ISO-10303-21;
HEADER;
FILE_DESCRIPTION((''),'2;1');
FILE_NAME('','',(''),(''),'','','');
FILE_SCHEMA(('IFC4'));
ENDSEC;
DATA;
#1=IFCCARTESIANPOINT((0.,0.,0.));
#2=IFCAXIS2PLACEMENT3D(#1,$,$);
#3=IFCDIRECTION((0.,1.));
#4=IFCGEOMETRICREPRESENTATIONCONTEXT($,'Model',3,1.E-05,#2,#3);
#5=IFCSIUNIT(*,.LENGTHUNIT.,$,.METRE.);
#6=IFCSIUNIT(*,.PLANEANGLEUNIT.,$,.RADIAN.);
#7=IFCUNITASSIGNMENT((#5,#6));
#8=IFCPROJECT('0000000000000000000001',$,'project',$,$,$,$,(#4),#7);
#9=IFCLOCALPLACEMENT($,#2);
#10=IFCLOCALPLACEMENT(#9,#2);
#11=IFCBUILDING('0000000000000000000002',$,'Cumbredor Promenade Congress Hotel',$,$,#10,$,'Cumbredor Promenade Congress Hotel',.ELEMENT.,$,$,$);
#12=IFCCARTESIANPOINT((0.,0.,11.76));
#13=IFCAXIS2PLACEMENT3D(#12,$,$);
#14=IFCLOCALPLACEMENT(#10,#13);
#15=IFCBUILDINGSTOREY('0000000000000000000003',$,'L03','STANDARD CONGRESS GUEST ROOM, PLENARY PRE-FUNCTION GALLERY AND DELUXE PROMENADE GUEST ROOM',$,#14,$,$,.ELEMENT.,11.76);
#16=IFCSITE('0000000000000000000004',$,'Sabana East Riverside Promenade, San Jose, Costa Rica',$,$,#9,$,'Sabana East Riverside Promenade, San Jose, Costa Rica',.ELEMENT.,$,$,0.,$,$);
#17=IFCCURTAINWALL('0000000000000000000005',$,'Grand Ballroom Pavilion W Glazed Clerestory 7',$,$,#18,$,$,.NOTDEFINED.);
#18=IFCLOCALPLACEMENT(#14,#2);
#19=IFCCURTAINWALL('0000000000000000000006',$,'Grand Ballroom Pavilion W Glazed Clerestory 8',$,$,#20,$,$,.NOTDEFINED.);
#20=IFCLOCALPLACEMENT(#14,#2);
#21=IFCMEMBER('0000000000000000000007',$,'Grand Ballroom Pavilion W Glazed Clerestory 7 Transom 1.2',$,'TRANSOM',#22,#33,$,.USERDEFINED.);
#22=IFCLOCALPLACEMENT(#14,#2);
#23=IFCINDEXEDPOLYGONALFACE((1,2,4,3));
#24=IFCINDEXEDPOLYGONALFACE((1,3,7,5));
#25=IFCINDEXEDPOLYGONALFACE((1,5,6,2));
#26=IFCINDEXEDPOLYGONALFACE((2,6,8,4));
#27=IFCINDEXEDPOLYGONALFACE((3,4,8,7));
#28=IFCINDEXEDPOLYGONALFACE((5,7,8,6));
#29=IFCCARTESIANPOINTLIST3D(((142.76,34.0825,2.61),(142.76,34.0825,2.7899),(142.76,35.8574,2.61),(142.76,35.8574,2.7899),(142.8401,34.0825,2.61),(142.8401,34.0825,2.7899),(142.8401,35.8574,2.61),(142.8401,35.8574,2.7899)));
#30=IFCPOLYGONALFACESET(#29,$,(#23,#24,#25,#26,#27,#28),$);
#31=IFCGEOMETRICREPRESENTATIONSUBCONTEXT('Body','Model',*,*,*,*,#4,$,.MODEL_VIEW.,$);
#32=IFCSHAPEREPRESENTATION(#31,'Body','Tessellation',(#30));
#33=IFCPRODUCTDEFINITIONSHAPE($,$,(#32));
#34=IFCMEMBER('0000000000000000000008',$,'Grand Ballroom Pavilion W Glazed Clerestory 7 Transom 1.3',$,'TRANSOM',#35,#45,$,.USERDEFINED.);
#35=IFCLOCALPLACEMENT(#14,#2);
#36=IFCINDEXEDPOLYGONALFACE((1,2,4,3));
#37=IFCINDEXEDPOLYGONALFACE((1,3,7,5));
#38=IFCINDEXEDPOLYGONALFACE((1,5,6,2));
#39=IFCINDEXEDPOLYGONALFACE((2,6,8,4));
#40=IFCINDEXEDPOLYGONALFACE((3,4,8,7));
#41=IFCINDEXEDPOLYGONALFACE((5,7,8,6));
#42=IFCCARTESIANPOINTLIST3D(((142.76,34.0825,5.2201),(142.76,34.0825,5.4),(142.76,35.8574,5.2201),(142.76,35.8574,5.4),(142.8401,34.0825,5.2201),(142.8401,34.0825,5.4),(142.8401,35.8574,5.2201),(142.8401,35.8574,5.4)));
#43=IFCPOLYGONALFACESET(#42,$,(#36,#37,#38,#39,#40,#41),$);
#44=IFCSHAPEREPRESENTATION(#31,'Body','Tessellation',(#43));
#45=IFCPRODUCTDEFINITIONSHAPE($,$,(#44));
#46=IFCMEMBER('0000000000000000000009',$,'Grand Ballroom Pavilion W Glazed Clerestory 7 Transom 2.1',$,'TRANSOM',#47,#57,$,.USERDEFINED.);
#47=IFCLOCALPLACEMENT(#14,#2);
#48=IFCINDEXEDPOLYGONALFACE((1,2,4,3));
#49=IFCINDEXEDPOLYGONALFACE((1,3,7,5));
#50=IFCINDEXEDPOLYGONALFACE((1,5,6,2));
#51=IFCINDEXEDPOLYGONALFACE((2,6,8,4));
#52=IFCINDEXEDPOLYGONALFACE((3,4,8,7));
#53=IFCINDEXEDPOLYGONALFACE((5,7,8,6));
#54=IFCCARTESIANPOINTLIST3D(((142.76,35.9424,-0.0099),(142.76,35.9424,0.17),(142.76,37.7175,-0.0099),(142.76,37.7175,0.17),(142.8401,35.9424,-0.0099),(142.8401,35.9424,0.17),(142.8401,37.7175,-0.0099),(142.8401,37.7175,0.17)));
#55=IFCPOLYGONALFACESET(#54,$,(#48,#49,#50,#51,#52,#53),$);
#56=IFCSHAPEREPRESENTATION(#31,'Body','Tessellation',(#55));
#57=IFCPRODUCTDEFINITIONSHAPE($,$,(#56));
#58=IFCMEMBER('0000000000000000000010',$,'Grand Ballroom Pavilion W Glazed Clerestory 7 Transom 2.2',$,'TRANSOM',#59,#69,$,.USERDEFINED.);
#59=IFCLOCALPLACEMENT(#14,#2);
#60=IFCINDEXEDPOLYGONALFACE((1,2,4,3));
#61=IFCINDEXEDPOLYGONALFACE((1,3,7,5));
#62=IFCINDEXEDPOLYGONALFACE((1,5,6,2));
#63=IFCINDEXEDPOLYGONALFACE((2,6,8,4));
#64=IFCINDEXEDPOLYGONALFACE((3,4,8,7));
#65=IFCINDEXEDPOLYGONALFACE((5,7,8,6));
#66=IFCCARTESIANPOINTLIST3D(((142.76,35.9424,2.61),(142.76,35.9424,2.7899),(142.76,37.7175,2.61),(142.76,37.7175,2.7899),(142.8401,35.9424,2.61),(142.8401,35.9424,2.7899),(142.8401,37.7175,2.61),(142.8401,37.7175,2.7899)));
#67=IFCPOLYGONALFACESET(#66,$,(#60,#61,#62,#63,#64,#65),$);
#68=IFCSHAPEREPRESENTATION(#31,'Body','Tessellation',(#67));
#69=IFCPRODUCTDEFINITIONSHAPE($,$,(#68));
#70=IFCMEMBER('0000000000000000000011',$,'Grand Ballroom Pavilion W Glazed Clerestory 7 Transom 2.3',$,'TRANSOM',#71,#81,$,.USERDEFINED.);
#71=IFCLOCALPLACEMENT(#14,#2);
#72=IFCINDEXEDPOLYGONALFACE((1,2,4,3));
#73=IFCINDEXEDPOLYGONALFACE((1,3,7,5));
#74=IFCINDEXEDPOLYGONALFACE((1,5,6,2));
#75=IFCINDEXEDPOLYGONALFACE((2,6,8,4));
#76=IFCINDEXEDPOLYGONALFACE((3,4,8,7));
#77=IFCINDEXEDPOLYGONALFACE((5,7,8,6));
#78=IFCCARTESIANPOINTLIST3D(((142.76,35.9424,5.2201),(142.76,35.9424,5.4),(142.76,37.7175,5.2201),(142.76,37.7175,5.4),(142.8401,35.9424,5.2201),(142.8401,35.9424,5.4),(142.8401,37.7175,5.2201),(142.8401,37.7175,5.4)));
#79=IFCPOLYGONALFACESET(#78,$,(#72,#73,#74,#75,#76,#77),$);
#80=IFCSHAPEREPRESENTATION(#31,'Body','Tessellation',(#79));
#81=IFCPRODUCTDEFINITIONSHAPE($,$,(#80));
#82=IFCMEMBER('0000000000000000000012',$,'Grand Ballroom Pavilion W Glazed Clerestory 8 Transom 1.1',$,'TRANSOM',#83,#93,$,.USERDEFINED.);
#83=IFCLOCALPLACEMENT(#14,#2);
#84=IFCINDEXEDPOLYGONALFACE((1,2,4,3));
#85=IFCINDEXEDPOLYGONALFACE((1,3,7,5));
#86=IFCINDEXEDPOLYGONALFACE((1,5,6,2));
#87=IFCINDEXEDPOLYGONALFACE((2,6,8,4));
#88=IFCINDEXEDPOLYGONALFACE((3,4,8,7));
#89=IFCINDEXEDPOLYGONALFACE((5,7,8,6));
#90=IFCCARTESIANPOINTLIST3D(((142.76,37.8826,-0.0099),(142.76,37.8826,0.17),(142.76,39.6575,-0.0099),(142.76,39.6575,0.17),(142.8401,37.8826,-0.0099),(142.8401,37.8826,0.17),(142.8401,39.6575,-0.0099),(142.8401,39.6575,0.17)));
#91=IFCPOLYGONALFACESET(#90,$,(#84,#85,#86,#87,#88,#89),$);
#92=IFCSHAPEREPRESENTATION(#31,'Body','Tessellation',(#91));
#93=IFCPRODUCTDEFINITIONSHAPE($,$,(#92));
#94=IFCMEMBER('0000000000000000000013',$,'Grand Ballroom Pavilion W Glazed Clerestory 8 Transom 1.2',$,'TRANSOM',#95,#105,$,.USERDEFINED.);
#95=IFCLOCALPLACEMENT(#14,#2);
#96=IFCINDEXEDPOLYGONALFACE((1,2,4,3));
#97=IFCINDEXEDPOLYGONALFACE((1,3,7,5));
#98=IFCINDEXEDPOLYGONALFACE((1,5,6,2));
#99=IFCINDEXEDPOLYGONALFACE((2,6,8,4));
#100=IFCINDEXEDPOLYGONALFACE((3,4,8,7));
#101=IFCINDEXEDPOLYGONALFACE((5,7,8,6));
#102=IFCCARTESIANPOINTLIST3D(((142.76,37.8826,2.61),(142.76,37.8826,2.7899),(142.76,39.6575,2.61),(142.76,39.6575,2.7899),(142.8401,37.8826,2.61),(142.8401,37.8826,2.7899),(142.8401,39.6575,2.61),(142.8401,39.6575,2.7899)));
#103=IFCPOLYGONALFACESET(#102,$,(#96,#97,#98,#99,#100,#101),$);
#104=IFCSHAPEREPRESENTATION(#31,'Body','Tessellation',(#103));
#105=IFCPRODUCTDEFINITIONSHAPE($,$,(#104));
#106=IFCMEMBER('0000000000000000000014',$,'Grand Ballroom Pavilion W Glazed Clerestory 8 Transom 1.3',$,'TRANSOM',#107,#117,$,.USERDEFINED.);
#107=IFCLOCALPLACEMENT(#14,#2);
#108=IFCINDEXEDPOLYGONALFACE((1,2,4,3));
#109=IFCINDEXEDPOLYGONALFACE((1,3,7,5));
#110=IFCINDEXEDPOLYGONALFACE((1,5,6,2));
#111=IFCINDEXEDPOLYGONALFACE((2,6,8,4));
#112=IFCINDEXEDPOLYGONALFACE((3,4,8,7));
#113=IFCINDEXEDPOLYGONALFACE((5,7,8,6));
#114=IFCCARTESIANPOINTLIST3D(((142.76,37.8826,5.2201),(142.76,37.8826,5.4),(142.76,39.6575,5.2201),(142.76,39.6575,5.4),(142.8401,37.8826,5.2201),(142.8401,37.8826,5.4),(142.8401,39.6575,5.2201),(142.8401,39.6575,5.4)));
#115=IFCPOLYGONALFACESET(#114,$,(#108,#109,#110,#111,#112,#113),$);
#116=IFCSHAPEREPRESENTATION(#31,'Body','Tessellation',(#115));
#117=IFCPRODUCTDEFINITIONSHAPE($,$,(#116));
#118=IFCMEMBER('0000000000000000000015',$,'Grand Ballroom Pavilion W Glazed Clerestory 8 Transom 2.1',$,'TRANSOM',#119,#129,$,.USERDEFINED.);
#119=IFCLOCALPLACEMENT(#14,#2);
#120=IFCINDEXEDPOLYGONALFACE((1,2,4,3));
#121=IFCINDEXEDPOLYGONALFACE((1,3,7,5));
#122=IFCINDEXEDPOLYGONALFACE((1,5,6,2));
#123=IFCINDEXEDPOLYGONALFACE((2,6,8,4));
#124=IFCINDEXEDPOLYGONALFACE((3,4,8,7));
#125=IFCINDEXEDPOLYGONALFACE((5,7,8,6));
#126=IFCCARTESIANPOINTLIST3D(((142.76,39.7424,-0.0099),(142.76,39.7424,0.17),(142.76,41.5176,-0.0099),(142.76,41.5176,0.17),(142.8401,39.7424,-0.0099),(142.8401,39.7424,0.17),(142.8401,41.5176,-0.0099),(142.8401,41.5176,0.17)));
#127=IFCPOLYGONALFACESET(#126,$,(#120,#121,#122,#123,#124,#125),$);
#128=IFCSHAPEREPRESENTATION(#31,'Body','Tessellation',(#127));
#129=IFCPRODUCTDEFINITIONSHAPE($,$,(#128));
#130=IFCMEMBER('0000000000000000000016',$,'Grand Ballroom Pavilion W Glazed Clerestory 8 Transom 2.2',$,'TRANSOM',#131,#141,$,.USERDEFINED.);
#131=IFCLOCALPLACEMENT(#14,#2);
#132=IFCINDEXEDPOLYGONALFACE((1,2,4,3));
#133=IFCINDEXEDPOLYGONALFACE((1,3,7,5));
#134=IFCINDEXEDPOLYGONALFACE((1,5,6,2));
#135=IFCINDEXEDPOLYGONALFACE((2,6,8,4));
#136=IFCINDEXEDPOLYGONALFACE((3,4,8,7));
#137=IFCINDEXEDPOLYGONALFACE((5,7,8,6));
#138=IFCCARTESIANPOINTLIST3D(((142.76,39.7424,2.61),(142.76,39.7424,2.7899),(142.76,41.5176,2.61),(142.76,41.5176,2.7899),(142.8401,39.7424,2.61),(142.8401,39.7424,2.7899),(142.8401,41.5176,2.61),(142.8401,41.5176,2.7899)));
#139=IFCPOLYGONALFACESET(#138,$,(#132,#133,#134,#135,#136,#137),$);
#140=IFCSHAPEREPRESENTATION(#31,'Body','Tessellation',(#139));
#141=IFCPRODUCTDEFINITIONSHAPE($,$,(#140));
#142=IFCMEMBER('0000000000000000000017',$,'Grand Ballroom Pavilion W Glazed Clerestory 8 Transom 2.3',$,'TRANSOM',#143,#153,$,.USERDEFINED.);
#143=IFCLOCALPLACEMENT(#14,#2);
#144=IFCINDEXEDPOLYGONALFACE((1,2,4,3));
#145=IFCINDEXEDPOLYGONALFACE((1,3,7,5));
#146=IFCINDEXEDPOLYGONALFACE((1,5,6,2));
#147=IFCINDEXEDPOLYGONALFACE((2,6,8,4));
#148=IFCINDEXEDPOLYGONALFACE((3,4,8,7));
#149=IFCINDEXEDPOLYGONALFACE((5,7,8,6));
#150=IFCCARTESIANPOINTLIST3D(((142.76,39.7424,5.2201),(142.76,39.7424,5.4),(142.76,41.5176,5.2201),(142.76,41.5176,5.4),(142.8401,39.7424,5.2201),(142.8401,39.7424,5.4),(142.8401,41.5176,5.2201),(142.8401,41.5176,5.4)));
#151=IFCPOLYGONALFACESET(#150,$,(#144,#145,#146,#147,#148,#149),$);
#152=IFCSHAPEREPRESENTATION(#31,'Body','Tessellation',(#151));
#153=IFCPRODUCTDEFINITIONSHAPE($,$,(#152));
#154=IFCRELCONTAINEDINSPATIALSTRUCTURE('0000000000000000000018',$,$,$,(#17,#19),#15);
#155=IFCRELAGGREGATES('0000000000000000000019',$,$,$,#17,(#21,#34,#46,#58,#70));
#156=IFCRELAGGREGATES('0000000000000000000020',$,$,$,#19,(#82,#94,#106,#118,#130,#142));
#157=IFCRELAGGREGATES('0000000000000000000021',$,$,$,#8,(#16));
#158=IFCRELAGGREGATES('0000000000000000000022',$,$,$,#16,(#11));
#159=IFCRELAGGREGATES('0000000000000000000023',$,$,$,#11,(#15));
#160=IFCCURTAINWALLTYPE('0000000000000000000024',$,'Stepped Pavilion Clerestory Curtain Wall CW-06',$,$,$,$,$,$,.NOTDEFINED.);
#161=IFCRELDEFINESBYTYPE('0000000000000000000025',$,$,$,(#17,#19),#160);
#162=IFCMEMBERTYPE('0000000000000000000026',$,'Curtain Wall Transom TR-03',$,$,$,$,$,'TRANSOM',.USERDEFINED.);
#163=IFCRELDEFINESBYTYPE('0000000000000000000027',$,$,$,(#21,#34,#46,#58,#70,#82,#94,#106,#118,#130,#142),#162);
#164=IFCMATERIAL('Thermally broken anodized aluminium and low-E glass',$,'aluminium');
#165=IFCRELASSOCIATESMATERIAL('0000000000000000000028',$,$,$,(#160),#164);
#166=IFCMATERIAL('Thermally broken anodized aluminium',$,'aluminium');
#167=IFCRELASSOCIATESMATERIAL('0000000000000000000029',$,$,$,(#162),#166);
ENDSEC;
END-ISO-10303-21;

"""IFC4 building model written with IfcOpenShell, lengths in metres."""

from ifc_helpers import new_model, si_unit, direction, frame, origin, origin_2d, place, context, subcontext, project, spatial, rectangle, extrude, material, material_profile, profile_set, type_object, element, aggregate, save


model = new_model("IFC4")

# Units and contexts
model_context = context("Model", 3, precision=1e-05, world=origin(), true_north=direction((0.0, 1.0)))
body_context = subcontext(model_context, "Body", "Model", "MODEL_VIEW")
ifc_project = project(units=[si_unit("LENGTHUNIT", "METRE"), si_unit("PLANEANGLEUNIT", "RADIAN")], contexts=[model_context])

# Site, building, storey
site_placement = place(None, origin())
site = spatial("IfcSite", under=ifc_project, at=site_placement, Name="Sabana East Riverside Promenade, San Jose, Costa Rica", LongName="Sabana East Riverside Promenade, San Jose, Costa Rica", CompositionType="ELEMENT", RefElevation=0.0)
building_placement = place(site_placement, origin())
building = spatial("IfcBuilding", under=site, at=building_placement, Name="Cumbredor Promenade Congress Hotel", LongName="Cumbredor Promenade Congress Hotel", CompositionType="ELEMENT")
storey_placement = place(building_placement, frame((0.0, 0.0, 11.76)))
storey = spatial("IfcBuildingStorey", under=building, at=storey_placement, Name="L03", Description="STANDARD CONGRESS GUEST ROOM, PLENARY PRE-FUNCTION GALLERY AND DELUXE PROMENADE GUEST ROOM", CompositionType="ELEMENT", Elevation=11.76)

# Curtain walls
ifc_material_1 = material(Name="Thermally broken anodized aluminium and low-E glass", Category="aluminium")
curtain_wall_type = type_object("IfcCurtainWallType", Name="Stepped Pavilion Clerestory Curtain Wall CW-06", PredefinedType="NOTDEFINED", material=ifc_material_1)
ifc_material_2 = material(Name="Thermally broken anodized aluminium", Category="aluminium")
curtain_wall_1_placement = place(storey_placement, origin())
curtain_wall_1 = element("IfcCurtainWall", 1, at=curtain_wall_1_placement, inside=storey, type_object=curtain_wall_type, Name="Grand Ballroom Pavilion W Glazed Clerestory 7", PredefinedType="NOTDEFINED")
curtain_wall_2_placement = place(storey_placement, origin())
curtain_wall_2 = element("IfcCurtainWall", 2, at=curtain_wall_2_placement, inside=storey, type_object=curtain_wall_type, Name="Grand Ballroom Pavilion W Glazed Clerestory 8", PredefinedType="NOTDEFINED")

# Members
ifc_material_profile_1 = material_profile(ifc_material_2, rectangle(XDim=0.0801, YDim=0.1799, at=origin_2d()), Name="ALU TRANSOM 80x180")
ifc_profile_set_1 = profile_set([ifc_material_profile_1], Name="Thermally broken anodized aluminium")
member_type_1 = type_object("IfcMemberType", Name="Curtain Wall Transom TR-03", ElementType="TRANSOM", PredefinedType="USERDEFINED", material=ifc_profile_set_1)
member_1_placement = place(storey_placement, frame((142.8, 34.0825, 2.7), z_axis=(0.0, 1.0, 0.0), x_axis=(-1.0, 0.0, 0.0)))
member_1 = element("IfcMember", 3, at=member_1_placement, type_object=member_type_1, Name="Grand Ballroom Pavilion W Glazed Clerestory 7 Transom 1.2", ObjectType="TRANSOM", PredefinedType="USERDEFINED", context=body_context, shape_type="SweptSolid", body=[
    extrude(rectangle(XDim=0.0801, YDim=0.1799, at=origin_2d()), origin(), (0.0, 0.0, 1.0), 1.7749),
])
member_2_placement = place(storey_placement, frame((142.8, 34.0825, 5.3101), z_axis=(0.0, 1.0, 0.0), x_axis=(-1.0, 0.0, 0.0)))
member_2 = element("IfcMember", 4, at=member_2_placement, type_object=member_type_1, Name="Grand Ballroom Pavilion W Glazed Clerestory 7 Transom 1.3", ObjectType="TRANSOM", PredefinedType="USERDEFINED", context=body_context, shape_type="SweptSolid", body=[
    extrude(rectangle(XDim=0.0801, YDim=0.1799, at=origin_2d()), origin(), (0.0, 0.0, 1.0), 1.7749),
])
member_3_placement = place(storey_placement, frame((142.8, 35.9424, 0.0801), z_axis=(0.0, 1.0, 0.0), x_axis=(-1.0, 0.0, 0.0)))
member_3 = element("IfcMember", 5, at=member_3_placement, type_object=member_type_1, Name="Grand Ballroom Pavilion W Glazed Clerestory 7 Transom 2.1", ObjectType="TRANSOM", PredefinedType="USERDEFINED", context=body_context, shape_type="SweptSolid", body=[
    extrude(rectangle(XDim=0.0801, YDim=0.1799, at=origin_2d()), origin(), (0.0, 0.0, 1.0), 1.7751),
])
member_4_placement = place(storey_placement, frame((142.8, 35.9424, 2.7), z_axis=(0.0, 1.0, 0.0), x_axis=(-1.0, 0.0, 0.0)))
member_4 = element("IfcMember", 6, at=member_4_placement, type_object=member_type_1, Name="Grand Ballroom Pavilion W Glazed Clerestory 7 Transom 2.2", ObjectType="TRANSOM", PredefinedType="USERDEFINED", context=body_context, shape_type="SweptSolid", body=[
    extrude(rectangle(XDim=0.0801, YDim=0.1799, at=origin_2d()), origin(), (0.0, 0.0, 1.0), 1.7751),
])
member_5_placement = place(storey_placement, frame((142.8, 35.9424, 5.3101), z_axis=(0.0, 1.0, 0.0), x_axis=(-1.0, 0.0, 0.0)))
member_5 = element("IfcMember", 7, at=member_5_placement, type_object=member_type_1, Name="Grand Ballroom Pavilion W Glazed Clerestory 7 Transom 2.3", ObjectType="TRANSOM", PredefinedType="USERDEFINED", context=body_context, shape_type="SweptSolid", body=[
    extrude(rectangle(XDim=0.0801, YDim=0.1799, at=origin_2d()), origin(), (0.0, 0.0, 1.0), 1.7751),
])
member_6_placement = place(storey_placement, frame((142.8, 37.8826, 0.0801), z_axis=(0.0, 1.0, 0.0), x_axis=(-1.0, 0.0, 0.0)))
member_6 = element("IfcMember", 8, at=member_6_placement, type_object=member_type_1, Name="Grand Ballroom Pavilion W Glazed Clerestory 8 Transom 1.1", ObjectType="TRANSOM", PredefinedType="USERDEFINED", context=body_context, shape_type="SweptSolid", body=[
    extrude(rectangle(XDim=0.0801, YDim=0.1799, at=origin_2d()), origin(), (0.0, 0.0, 1.0), 1.7749),
])
member_7_placement = place(storey_placement, frame((142.8, 37.8826, 2.7), z_axis=(0.0, 1.0, 0.0), x_axis=(-1.0, 0.0, 0.0)))
member_7 = element("IfcMember", 9, at=member_7_placement, type_object=member_type_1, Name="Grand Ballroom Pavilion W Glazed Clerestory 8 Transom 1.2", ObjectType="TRANSOM", PredefinedType="USERDEFINED", context=body_context, shape_type="SweptSolid", body=[
    extrude(rectangle(XDim=0.0801, YDim=0.1799, at=origin_2d()), origin(), (0.0, 0.0, 1.0), 1.7749),
])
member_8_placement = place(storey_placement, frame((142.8, 37.8826, 5.3101), z_axis=(0.0, 1.0, 0.0), x_axis=(-1.0, 0.0, 0.0)))
member_8 = element("IfcMember", 10, at=member_8_placement, type_object=member_type_1, Name="Grand Ballroom Pavilion W Glazed Clerestory 8 Transom 1.3", ObjectType="TRANSOM", PredefinedType="USERDEFINED", context=body_context, shape_type="SweptSolid", body=[
    extrude(rectangle(XDim=0.0801, YDim=0.1799, at=origin_2d()), origin(), (0.0, 0.0, 1.0), 1.7749),
])
member_9_placement = place(storey_placement, frame((142.8, 39.7424, 0.0801), z_axis=(0.0, 1.0, 0.0), x_axis=(-1.0, 0.0, 0.0)))
member_9 = element("IfcMember", 11, at=member_9_placement, type_object=member_type_1, Name="Grand Ballroom Pavilion W Glazed Clerestory 8 Transom 2.1", ObjectType="TRANSOM", PredefinedType="USERDEFINED", context=body_context, shape_type="SweptSolid", body=[
    extrude(rectangle(XDim=0.0801, YDim=0.1799, at=origin_2d()), origin(), (0.0, 0.0, 1.0), 1.7751),
])
member_10_placement = place(storey_placement, frame((142.8, 39.7424, 2.7), z_axis=(0.0, 1.0, 0.0), x_axis=(-1.0, 0.0, 0.0)))
member_10 = element("IfcMember", 12, at=member_10_placement, type_object=member_type_1, Name="Grand Ballroom Pavilion W Glazed Clerestory 8 Transom 2.2", ObjectType="TRANSOM", PredefinedType="USERDEFINED", context=body_context, shape_type="SweptSolid", body=[
    extrude(rectangle(XDim=0.0801, YDim=0.1799, at=origin_2d()), origin(), (0.0, 0.0, 1.0), 1.7751),
])
member_11_placement = place(storey_placement, frame((142.8, 39.7424, 5.3101), z_axis=(0.0, 1.0, 0.0), x_axis=(-1.0, 0.0, 0.0)))
member_11 = element("IfcMember", 13, at=member_11_placement, type_object=member_type_1, Name="Grand Ballroom Pavilion W Glazed Clerestory 8 Transom 2.3", ObjectType="TRANSOM", PredefinedType="USERDEFINED", context=body_context, shape_type="SweptSolid", body=[
    extrude(rectangle(XDim=0.0801, YDim=0.1799, at=origin_2d()), origin(), (0.0, 0.0, 1.0), 1.7751),
])

aggregate(curtain_wall_1, [member_1, member_2, member_3, member_4, member_5])
aggregate(curtain_wall_2, [member_6, member_7, member_8, member_9, member_10, member_11])

save(model, "model.ifc")
